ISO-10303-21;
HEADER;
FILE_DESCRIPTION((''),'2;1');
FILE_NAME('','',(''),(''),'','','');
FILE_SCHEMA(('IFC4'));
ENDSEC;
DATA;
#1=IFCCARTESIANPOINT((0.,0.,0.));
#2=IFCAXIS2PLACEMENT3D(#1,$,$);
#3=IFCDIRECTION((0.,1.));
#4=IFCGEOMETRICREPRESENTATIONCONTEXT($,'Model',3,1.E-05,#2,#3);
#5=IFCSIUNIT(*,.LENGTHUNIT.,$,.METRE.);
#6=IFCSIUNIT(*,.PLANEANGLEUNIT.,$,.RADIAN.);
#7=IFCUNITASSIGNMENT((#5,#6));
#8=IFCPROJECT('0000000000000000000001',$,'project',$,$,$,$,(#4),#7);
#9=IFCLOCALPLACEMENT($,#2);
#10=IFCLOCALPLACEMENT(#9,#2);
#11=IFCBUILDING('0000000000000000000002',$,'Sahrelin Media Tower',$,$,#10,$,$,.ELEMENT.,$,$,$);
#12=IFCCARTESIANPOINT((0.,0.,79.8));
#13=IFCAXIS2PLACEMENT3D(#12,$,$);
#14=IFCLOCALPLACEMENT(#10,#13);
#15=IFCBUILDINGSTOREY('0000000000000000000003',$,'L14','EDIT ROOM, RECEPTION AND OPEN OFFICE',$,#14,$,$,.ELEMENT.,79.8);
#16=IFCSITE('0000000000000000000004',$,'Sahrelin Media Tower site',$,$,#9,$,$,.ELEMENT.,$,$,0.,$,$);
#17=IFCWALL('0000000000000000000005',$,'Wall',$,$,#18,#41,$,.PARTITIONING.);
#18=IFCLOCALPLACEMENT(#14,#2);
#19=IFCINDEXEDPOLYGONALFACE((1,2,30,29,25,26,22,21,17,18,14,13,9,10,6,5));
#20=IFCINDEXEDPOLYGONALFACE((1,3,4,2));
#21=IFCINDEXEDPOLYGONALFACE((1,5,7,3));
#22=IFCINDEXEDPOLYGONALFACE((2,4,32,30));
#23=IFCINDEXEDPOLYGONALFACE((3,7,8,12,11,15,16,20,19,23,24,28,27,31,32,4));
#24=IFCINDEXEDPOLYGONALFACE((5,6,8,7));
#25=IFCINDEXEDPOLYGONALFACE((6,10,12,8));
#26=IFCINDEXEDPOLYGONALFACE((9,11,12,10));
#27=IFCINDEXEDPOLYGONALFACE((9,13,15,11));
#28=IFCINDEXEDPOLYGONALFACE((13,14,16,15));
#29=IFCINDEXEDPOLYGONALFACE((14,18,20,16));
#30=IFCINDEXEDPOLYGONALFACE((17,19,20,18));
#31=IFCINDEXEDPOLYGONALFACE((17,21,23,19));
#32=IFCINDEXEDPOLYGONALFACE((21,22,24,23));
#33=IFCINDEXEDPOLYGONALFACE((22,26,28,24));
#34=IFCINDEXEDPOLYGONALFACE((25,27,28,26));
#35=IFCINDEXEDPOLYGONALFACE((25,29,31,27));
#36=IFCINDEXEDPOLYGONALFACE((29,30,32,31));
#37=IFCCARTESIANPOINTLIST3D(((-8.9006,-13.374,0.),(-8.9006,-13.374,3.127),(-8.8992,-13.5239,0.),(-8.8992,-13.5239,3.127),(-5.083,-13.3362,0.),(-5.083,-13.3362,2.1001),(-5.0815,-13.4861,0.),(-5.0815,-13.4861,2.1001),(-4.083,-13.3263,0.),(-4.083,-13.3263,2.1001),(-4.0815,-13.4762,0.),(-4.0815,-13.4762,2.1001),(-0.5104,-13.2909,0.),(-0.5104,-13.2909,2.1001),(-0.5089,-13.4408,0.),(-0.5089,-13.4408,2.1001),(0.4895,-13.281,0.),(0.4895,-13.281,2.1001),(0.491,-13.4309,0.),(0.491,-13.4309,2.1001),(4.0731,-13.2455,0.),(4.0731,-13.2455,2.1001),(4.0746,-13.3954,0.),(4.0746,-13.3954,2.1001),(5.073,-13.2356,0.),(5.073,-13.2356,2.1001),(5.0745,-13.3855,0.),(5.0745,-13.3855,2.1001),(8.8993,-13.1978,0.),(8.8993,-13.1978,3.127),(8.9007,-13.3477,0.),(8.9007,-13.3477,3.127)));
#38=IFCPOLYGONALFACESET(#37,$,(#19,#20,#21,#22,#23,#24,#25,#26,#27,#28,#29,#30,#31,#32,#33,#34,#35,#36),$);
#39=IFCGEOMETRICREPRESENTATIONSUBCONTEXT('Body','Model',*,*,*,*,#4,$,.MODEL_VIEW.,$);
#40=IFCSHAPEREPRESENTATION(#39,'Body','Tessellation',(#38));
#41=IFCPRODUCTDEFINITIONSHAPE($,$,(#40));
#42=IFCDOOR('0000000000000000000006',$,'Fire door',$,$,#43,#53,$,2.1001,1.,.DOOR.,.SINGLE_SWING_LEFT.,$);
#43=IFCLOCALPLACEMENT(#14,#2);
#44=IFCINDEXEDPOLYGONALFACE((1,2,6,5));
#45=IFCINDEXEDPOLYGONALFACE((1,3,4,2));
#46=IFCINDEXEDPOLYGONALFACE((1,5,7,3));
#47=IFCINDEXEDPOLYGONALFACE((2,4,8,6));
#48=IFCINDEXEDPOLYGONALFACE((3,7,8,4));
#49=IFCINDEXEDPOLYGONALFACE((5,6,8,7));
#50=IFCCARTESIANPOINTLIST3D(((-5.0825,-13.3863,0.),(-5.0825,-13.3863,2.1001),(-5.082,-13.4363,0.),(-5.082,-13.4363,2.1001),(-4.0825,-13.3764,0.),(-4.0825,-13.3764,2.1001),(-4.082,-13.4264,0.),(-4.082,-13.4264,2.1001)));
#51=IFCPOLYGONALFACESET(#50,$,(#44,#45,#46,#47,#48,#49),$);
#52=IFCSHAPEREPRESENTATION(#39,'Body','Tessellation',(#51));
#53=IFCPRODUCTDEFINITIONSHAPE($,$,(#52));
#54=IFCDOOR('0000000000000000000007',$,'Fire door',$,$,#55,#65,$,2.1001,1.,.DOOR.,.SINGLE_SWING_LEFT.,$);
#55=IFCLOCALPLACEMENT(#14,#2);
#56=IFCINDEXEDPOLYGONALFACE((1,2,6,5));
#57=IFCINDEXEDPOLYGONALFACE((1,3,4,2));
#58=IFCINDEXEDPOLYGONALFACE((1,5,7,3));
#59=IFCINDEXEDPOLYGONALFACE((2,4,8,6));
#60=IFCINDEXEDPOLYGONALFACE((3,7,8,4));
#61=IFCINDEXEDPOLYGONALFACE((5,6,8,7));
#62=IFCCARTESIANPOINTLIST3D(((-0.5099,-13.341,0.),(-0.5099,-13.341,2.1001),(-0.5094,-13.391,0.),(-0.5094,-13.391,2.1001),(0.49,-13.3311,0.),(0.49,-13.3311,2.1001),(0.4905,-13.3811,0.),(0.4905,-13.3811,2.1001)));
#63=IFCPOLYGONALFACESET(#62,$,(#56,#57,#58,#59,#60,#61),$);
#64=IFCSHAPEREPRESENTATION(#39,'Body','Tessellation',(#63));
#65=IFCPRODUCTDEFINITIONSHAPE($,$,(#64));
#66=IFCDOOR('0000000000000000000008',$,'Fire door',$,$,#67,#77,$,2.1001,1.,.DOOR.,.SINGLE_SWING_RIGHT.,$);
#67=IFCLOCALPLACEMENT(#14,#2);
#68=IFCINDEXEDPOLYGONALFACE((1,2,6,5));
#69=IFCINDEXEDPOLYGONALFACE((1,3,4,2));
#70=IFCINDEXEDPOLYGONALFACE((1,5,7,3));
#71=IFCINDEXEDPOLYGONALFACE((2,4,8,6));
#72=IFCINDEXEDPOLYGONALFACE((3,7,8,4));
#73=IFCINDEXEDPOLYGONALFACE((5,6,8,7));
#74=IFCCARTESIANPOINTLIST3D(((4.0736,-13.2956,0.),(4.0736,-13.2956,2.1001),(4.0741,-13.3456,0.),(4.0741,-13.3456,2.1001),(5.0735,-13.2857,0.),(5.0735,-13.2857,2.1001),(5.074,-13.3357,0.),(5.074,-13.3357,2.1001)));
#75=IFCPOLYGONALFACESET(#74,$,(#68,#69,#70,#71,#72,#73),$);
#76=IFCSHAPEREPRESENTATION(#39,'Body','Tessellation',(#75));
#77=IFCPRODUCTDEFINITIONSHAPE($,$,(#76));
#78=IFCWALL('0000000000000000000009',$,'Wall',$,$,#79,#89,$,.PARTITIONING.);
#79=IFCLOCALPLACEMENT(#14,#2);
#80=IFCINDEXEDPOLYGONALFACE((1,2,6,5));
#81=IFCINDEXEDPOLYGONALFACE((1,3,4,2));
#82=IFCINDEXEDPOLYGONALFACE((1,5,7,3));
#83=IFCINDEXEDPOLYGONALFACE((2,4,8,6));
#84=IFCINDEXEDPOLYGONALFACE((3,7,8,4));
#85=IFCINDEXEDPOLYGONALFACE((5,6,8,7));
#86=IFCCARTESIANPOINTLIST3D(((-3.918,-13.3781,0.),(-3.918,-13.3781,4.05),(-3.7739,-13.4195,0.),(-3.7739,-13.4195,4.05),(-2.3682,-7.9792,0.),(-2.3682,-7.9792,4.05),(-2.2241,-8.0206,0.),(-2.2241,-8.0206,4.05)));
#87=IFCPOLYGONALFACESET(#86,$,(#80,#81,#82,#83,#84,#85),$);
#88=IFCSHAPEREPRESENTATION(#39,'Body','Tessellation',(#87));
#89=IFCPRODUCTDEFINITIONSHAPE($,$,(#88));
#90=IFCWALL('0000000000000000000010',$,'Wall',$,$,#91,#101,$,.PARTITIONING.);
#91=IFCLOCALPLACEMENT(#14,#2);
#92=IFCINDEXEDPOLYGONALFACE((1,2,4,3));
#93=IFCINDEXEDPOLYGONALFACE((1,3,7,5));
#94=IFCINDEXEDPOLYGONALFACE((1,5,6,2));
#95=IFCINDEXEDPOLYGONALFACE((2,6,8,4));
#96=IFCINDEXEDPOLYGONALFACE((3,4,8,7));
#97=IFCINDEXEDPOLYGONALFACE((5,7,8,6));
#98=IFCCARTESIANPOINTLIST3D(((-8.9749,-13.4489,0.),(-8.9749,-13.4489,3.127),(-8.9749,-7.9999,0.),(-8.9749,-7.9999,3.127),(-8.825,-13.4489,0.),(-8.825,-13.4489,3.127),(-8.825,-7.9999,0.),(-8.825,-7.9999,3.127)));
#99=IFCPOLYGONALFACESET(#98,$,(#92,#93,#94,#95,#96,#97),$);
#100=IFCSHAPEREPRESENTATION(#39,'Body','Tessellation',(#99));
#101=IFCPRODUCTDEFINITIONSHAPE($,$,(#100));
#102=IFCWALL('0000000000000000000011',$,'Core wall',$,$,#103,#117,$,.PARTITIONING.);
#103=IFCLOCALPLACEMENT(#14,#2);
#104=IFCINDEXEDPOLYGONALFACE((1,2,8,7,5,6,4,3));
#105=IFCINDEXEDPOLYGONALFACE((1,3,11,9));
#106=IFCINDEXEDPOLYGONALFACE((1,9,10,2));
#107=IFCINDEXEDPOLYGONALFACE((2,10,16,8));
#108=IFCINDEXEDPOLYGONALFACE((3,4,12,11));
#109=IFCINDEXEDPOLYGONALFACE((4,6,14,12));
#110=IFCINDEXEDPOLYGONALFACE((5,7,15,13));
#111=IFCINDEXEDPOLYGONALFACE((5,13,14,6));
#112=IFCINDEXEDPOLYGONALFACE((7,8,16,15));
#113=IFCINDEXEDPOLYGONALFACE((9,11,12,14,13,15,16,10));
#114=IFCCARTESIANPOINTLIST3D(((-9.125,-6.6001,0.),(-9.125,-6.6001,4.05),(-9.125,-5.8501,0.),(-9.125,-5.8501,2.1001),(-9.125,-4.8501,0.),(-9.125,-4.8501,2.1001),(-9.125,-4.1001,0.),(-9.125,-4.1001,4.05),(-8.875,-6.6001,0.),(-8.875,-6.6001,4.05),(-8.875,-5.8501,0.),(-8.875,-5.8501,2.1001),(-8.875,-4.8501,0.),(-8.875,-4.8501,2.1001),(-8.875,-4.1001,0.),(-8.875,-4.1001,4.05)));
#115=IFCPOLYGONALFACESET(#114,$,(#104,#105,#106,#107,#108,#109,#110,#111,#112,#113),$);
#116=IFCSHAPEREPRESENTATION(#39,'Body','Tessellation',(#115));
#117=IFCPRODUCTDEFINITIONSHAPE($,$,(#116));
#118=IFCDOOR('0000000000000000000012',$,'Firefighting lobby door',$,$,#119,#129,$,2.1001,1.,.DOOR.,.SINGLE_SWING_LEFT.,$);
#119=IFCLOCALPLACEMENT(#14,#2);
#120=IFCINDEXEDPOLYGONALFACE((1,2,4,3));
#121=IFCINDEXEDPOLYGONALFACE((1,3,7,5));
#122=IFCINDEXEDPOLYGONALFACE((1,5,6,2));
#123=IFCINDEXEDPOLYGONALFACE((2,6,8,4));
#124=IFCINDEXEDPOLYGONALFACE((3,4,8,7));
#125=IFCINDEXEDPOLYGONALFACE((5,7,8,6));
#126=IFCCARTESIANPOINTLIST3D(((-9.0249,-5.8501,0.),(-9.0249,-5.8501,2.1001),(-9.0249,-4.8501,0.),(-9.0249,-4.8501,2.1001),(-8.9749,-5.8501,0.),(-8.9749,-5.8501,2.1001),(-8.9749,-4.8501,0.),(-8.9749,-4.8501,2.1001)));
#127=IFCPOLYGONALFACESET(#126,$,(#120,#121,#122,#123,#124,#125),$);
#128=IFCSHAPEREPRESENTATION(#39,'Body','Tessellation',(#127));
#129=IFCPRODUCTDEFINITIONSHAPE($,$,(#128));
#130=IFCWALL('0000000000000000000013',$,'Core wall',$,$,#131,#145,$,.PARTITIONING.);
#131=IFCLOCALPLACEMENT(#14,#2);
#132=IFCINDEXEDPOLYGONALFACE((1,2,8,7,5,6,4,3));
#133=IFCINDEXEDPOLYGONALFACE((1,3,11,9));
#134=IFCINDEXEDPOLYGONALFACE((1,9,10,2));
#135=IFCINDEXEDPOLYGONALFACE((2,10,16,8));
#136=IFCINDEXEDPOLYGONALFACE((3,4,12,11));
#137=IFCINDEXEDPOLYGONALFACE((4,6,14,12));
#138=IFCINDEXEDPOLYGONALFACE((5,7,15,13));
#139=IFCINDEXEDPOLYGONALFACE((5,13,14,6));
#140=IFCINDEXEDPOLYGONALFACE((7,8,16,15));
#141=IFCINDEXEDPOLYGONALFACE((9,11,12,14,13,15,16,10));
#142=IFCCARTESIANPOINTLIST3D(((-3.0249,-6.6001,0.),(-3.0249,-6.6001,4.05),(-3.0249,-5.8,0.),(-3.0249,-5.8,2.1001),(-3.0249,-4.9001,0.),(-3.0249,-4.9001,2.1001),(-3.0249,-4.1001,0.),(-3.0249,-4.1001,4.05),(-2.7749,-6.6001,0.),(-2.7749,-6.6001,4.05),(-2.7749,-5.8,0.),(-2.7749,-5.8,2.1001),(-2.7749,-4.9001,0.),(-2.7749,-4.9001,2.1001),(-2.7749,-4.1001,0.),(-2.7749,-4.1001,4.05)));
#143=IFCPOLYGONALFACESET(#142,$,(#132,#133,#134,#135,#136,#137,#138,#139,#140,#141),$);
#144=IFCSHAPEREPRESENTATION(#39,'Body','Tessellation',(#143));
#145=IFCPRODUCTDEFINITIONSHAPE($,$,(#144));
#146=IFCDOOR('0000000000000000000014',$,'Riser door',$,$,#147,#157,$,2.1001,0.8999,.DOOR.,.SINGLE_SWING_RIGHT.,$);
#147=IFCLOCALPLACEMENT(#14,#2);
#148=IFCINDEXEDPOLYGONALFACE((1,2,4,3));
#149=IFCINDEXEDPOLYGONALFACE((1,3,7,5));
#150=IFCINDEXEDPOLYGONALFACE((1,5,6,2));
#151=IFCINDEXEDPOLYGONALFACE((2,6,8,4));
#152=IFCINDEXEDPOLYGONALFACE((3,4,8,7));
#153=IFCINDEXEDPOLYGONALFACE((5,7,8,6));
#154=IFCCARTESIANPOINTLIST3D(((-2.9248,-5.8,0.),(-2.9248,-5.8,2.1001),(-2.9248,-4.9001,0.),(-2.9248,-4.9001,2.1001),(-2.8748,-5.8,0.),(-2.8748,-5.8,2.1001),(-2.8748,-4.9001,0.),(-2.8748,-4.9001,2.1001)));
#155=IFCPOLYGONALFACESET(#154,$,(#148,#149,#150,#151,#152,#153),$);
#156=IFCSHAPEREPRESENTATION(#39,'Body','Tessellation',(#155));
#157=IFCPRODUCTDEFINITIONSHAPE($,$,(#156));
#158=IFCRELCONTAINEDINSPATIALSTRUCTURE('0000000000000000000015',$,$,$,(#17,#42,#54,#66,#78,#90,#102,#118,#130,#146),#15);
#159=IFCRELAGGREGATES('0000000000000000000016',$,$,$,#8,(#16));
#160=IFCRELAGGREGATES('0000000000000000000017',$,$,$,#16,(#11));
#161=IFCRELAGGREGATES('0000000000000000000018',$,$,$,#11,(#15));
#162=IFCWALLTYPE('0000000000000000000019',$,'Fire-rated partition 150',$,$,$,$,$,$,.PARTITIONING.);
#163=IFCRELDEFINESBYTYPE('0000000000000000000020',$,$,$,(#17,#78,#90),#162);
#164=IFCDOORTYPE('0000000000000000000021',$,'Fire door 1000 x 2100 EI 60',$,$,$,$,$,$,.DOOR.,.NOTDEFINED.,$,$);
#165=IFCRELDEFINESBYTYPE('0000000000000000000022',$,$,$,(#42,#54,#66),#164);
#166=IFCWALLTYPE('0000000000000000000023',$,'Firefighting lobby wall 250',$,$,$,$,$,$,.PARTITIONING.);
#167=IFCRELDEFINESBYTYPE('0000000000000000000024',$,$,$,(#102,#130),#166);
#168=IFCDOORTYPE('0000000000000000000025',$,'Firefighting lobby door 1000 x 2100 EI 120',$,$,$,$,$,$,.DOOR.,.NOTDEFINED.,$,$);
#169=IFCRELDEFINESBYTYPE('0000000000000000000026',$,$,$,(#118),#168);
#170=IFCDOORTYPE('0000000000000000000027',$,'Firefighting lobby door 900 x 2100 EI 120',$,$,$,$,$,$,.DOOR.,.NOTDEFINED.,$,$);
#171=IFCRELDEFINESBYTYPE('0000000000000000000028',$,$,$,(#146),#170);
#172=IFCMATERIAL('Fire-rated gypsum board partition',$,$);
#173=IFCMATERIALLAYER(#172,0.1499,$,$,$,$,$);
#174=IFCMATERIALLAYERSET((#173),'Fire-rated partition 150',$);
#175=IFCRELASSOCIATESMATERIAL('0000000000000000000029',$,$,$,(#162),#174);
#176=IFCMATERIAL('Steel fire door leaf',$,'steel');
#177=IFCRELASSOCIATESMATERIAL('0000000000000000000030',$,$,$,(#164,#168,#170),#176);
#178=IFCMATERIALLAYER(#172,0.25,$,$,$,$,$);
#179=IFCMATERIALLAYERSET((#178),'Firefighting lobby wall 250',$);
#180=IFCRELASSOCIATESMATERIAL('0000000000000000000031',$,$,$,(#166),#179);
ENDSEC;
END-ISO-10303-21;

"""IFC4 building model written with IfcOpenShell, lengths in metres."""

from ifc_helpers import new_model, si_unit, direction, frame, frame_2d, origin, place, context, subcontext, project, spatial, rectangle, extrude, material, layer, layer_set, type_object, element, fill, save


model = new_model("IFC4")

# Units and contexts
model_context = context("Model", 3, precision=1e-05, world=origin(), true_north=direction((0.0, 1.0)))
body_context = subcontext(model_context, "Body", "Model", "MODEL_VIEW")
ifc_project = project(units=[si_unit("LENGTHUNIT", "METRE"), si_unit("PLANEANGLEUNIT", "RADIAN")], contexts=[model_context])

# Site, building, storey
site_placement = place(None, origin())
site = spatial("IfcSite", under=ifc_project, at=site_placement, Name="Sahrelin Media Tower site", CompositionType="ELEMENT", RefElevation=0.0)
building_placement = place(site_placement, origin())
building = spatial("IfcBuilding", under=site, at=building_placement, Name="Sahrelin Media Tower", CompositionType="ELEMENT")
storey_placement = place(building_placement, frame((0.0, 0.0, 79.8)))
storey = spatial("IfcBuildingStorey", under=building, at=storey_placement, Name="L14", Description="EDIT ROOM, RECEPTION AND OPEN OFFICE", CompositionType="ELEMENT", Elevation=79.8)

# Wall, openings, doors
ifc_material_1 = material(Name="Fire-rated gypsum board partition")
ifc_layer_1 = layer(ifc_material_1, 0.1499)
ifc_layer_set_1 = layer_set([ifc_layer_1], Name="Fire-rated partition 150")
wall_type_1 = type_object("IfcWallType", Name="Fire-rated partition 150", PredefinedType="PARTITIONING", material=ifc_layer_set_1)
wall_1_placement = place(storey_placement, frame((-8.8999, -13.449, 0.0), z_axis=(0.0, 0.0, 1.0), x_axis=(0.999951, 0.009902, 0.0)))
wall_1 = element("IfcWall", 1, at=wall_1_placement, inside=storey, type_object=wall_type_1, Name="Wall", PredefinedType="PARTITIONING", context=body_context, shape_type="SweptSolid", body=[
    extrude(rectangle(XDim=17.8008, YDim=0.1499, at=frame_2d((8.9004, 0.0))), origin(), (0.0, 0.0, 1.0), 3.127),
])
opening_1_placement = place(wall_1_placement, frame((3.8179, 0.0, 0.0)))
opening_1 = element("IfcOpeningElement", 2, at=opening_1_placement, cuts=wall_1, PredefinedType="OPENING", context=body_context, shape_type="SweptSolid", body=[
    extrude(rectangle(XDim=1.0, YDim=2.1001, at=frame_2d((0.5, 1.05))), frame((0.0, 0.075, 0.0), z_axis=(0.0, -1.0, 0.0), x_axis=(1.0, 0.0, 0.0)), (0.0, 0.0, 1.0), 0.1499),
])
opening_2_placement = place(wall_1_placement, frame((8.3906, 0.0, 0.0)))
opening_2 = element("IfcOpeningElement", 3, at=opening_2_placement, cuts=wall_1, PredefinedType="OPENING", context=body_context, shape_type="SweptSolid", body=[
    extrude(rectangle(XDim=1.0, YDim=2.1001, at=frame_2d((0.5, 1.05))), frame((0.0, 0.075, 0.0), z_axis=(0.0, -1.0, 0.0), x_axis=(1.0, 0.0, 0.0)), (0.0, 0.0, 1.0), 0.1499),
])
opening_3_placement = place(wall_1_placement, frame((12.9744, 0.0, 0.0)))
opening_3 = element("IfcOpeningElement", 4, at=opening_3_placement, cuts=wall_1, PredefinedType="OPENING", context=body_context, shape_type="SweptSolid", body=[
    extrude(rectangle(XDim=1.0, YDim=2.1001, at=frame_2d((0.5, 1.05))), frame((0.0, 0.075, 0.0), z_axis=(0.0, -1.0, 0.0), x_axis=(1.0, 0.0, 0.0)), (0.0, 0.0, 1.0), 0.1499),
])
ifc_material_2 = material(Name="Steel fire door leaf", Category="steel")
door_type_1 = type_object("IfcDoorType", Name="Fire door 1000 x 2100 EI 60", OperationType="NOTDEFINED", PredefinedType="DOOR", material=ifc_material_2)
door_1_placement = place(opening_1_placement, origin())
door_1 = element("IfcDoor", 5, at=door_1_placement, inside=storey, type_object=door_type_1, Name="Fire door", OperationType="SINGLE_SWING_LEFT", OverallHeight=2.1001, OverallWidth=1.0, PredefinedType="DOOR", context=body_context, shape_type="SweptSolid", body=[
    extrude(rectangle(XDim=1.0, YDim=2.1001, at=frame_2d((0.5, 1.05))), frame((0.0, 0.0249, 0.0), z_axis=(0.0, -1.0, 0.0), x_axis=(1.0, 0.0, 0.0)), (0.0, 0.0, 1.0), 0.05),
])
fill(opening_1, door_1)
door_2_placement = place(opening_2_placement, origin())
door_2 = element("IfcDoor", 6, at=door_2_placement, inside=storey, type_object=door_type_1, Name="Fire door", OperationType="SINGLE_SWING_LEFT", OverallHeight=2.1001, OverallWidth=1.0, PredefinedType="DOOR", context=body_context, shape_type="SweptSolid", body=[
    extrude(rectangle(XDim=1.0, YDim=2.1001, at=frame_2d((0.5, 1.05))), frame((0.0, 0.0249, 0.0), z_axis=(0.0, -1.0, 0.0), x_axis=(1.0, 0.0, 0.0)), (0.0, 0.0, 1.0), 0.05),
])
fill(opening_2, door_2)
door_3_placement = place(opening_3_placement, origin())
door_3 = element("IfcDoor", 7, at=door_3_placement, inside=storey, type_object=door_type_1, Name="Fire door", OperationType="SINGLE_SWING_RIGHT", OverallHeight=2.1001, OverallWidth=1.0, PredefinedType="DOOR", context=body_context, shape_type="SweptSolid", body=[
    extrude(rectangle(XDim=1.0, YDim=2.1001, at=frame_2d((0.5, 1.05))), frame((0.0, 0.0249, 0.0), z_axis=(0.0, -1.0, 0.0), x_axis=(1.0, 0.0, 0.0)), (0.0, 0.0, 1.0), 0.05),
])
fill(opening_3, door_3)

# Walls
wall_2_placement = place(storey_placement, frame((-3.8459, -13.3989, 0.0), z_axis=(0.0, 0.0, 1.0), x_axis=(0.275915, 0.961182, 0.0)))
element("IfcWall", 8, at=wall_2_placement, inside=storey, type_object=wall_type_1, Name="Wall", PredefinedType="PARTITIONING", context=body_context, shape_type="SweptSolid", body=[
    extrude(rectangle(XDim=5.6169, YDim=0.1499, at=frame_2d((2.8086, 0.0))), origin(), (0.0, 0.0, 1.0), 4.05),
])
wall_3_placement = place(storey_placement, frame((-8.8999, -13.449, 0.0), z_axis=(0.0, 0.0, 1.0), x_axis=(0.0, 1.0, 0.0)))
element("IfcWall", 9, at=wall_3_placement, inside=storey, type_object=wall_type_1, Name="Wall", PredefinedType="PARTITIONING", context=body_context, shape_type="SweptSolid", body=[
    extrude(rectangle(XDim=5.449, YDim=0.1499, at=frame_2d((2.7246, 0.0))), origin(), (0.0, 0.0, 1.0), 3.127),
])

# Walls, openings, doors
ifc_layer_2 = layer(ifc_material_1, 0.25)
ifc_layer_set_2 = layer_set([ifc_layer_2], Name="Firefighting lobby wall 250")
wall_type_2 = type_object("IfcWallType", Name="Firefighting lobby wall 250", PredefinedType="PARTITIONING", material=ifc_layer_set_2)
wall_4_placement = place(storey_placement, frame((-9.0, -6.6001, 0.0), z_axis=(0.0, 0.0, 1.0), x_axis=(0.0, 1.0, 0.0)))
wall_4 = element("IfcWall", 10, at=wall_4_placement, inside=storey, type_object=wall_type_2, Name="Core wall", PredefinedType="PARTITIONING", context=body_context, shape_type="SweptSolid", body=[
    extrude(rectangle(XDim=2.5, YDim=0.25, at=frame_2d((1.25, 0.0))), origin(), (0.0, 0.0, 1.0), 4.05),
])
opening_4_placement = place(wall_4_placement, frame((0.75, 0.0, 0.0)))
opening_4 = element("IfcOpeningElement", 11, at=opening_4_placement, cuts=wall_4, PredefinedType="OPENING", context=body_context, shape_type="SweptSolid", body=[
    extrude(rectangle(XDim=1.0, YDim=2.1001, at=frame_2d((0.5, 1.05))), frame((0.0, 0.125, 0.0), z_axis=(0.0, -1.0, 0.0), x_axis=(1.0, 0.0, 0.0)), (0.0, 0.0, 1.0), 0.25),
])
door_type_2 = type_object("IfcDoorType", Name="Firefighting lobby door 1000 x 2100 EI 120", OperationType="NOTDEFINED", PredefinedType="DOOR", material=ifc_material_2)
door_4_placement = place(opening_4_placement, origin())
door_4 = element("IfcDoor", 12, at=door_4_placement, inside=storey, type_object=door_type_2, Name="Firefighting lobby door", OperationType="SINGLE_SWING_LEFT", OverallHeight=2.1001, OverallWidth=1.0, PredefinedType="DOOR", context=body_context, shape_type="SweptSolid", body=[
    extrude(rectangle(XDim=1.0, YDim=2.1001, at=frame_2d((0.5, 1.05))), frame((0.0, 0.0249, 0.0), z_axis=(0.0, -1.0, 0.0), x_axis=(1.0, 0.0, 0.0)), (0.0, 0.0, 1.0), 0.05),
])
fill(opening_4, door_4)
wall_5_placement = place(storey_placement, frame((-2.8999, -6.6001, 0.0), z_axis=(0.0, 0.0, 1.0), x_axis=(0.0, 1.0, 0.0)))
wall_5 = element("IfcWall", 13, at=wall_5_placement, inside=storey, type_object=wall_type_2, Name="Core wall", PredefinedType="PARTITIONING", context=body_context, shape_type="SweptSolid", body=[
    extrude(rectangle(XDim=2.5, YDim=0.25, at=frame_2d((1.25, 0.0))), origin(), (0.0, 0.0, 1.0), 4.05),
])
opening_5_placement = place(wall_5_placement, frame((0.8, 0.0, 0.0)))
opening_5 = element("IfcOpeningElement", 14, at=opening_5_placement, cuts=wall_5, PredefinedType="OPENING", context=body_context, shape_type="SweptSolid", body=[
    extrude(rectangle(XDim=0.8999, YDim=2.1001, at=frame_2d((0.45, 1.05))), frame((0.0, 0.125, 0.0), z_axis=(0.0, -1.0, 0.0), x_axis=(1.0, 0.0, 0.0)), (0.0, 0.0, 1.0), 0.25),
])
door_type_3 = type_object("IfcDoorType", Name="Firefighting lobby door 900 x 2100 EI 120", OperationType="NOTDEFINED", PredefinedType="DOOR", material=ifc_material_2)
door_5_placement = place(opening_5_placement, origin())
door_5 = element("IfcDoor", 15, at=door_5_placement, inside=storey, type_object=door_type_3, Name="Riser door", OperationType="SINGLE_SWING_RIGHT", OverallHeight=2.1001, OverallWidth=0.8999, PredefinedType="DOOR", context=body_context, shape_type="SweptSolid", body=[
    extrude(rectangle(XDim=0.8999, YDim=2.1001, at=frame_2d((0.45, 1.05))), frame((0.0, 0.0249, 0.0), z_axis=(0.0, -1.0, 0.0), x_axis=(1.0, 0.0, 0.0)), (0.0, 0.0, 1.0), 0.05),
])
fill(opening_5, door_5)

save(model, "model.ifc")
